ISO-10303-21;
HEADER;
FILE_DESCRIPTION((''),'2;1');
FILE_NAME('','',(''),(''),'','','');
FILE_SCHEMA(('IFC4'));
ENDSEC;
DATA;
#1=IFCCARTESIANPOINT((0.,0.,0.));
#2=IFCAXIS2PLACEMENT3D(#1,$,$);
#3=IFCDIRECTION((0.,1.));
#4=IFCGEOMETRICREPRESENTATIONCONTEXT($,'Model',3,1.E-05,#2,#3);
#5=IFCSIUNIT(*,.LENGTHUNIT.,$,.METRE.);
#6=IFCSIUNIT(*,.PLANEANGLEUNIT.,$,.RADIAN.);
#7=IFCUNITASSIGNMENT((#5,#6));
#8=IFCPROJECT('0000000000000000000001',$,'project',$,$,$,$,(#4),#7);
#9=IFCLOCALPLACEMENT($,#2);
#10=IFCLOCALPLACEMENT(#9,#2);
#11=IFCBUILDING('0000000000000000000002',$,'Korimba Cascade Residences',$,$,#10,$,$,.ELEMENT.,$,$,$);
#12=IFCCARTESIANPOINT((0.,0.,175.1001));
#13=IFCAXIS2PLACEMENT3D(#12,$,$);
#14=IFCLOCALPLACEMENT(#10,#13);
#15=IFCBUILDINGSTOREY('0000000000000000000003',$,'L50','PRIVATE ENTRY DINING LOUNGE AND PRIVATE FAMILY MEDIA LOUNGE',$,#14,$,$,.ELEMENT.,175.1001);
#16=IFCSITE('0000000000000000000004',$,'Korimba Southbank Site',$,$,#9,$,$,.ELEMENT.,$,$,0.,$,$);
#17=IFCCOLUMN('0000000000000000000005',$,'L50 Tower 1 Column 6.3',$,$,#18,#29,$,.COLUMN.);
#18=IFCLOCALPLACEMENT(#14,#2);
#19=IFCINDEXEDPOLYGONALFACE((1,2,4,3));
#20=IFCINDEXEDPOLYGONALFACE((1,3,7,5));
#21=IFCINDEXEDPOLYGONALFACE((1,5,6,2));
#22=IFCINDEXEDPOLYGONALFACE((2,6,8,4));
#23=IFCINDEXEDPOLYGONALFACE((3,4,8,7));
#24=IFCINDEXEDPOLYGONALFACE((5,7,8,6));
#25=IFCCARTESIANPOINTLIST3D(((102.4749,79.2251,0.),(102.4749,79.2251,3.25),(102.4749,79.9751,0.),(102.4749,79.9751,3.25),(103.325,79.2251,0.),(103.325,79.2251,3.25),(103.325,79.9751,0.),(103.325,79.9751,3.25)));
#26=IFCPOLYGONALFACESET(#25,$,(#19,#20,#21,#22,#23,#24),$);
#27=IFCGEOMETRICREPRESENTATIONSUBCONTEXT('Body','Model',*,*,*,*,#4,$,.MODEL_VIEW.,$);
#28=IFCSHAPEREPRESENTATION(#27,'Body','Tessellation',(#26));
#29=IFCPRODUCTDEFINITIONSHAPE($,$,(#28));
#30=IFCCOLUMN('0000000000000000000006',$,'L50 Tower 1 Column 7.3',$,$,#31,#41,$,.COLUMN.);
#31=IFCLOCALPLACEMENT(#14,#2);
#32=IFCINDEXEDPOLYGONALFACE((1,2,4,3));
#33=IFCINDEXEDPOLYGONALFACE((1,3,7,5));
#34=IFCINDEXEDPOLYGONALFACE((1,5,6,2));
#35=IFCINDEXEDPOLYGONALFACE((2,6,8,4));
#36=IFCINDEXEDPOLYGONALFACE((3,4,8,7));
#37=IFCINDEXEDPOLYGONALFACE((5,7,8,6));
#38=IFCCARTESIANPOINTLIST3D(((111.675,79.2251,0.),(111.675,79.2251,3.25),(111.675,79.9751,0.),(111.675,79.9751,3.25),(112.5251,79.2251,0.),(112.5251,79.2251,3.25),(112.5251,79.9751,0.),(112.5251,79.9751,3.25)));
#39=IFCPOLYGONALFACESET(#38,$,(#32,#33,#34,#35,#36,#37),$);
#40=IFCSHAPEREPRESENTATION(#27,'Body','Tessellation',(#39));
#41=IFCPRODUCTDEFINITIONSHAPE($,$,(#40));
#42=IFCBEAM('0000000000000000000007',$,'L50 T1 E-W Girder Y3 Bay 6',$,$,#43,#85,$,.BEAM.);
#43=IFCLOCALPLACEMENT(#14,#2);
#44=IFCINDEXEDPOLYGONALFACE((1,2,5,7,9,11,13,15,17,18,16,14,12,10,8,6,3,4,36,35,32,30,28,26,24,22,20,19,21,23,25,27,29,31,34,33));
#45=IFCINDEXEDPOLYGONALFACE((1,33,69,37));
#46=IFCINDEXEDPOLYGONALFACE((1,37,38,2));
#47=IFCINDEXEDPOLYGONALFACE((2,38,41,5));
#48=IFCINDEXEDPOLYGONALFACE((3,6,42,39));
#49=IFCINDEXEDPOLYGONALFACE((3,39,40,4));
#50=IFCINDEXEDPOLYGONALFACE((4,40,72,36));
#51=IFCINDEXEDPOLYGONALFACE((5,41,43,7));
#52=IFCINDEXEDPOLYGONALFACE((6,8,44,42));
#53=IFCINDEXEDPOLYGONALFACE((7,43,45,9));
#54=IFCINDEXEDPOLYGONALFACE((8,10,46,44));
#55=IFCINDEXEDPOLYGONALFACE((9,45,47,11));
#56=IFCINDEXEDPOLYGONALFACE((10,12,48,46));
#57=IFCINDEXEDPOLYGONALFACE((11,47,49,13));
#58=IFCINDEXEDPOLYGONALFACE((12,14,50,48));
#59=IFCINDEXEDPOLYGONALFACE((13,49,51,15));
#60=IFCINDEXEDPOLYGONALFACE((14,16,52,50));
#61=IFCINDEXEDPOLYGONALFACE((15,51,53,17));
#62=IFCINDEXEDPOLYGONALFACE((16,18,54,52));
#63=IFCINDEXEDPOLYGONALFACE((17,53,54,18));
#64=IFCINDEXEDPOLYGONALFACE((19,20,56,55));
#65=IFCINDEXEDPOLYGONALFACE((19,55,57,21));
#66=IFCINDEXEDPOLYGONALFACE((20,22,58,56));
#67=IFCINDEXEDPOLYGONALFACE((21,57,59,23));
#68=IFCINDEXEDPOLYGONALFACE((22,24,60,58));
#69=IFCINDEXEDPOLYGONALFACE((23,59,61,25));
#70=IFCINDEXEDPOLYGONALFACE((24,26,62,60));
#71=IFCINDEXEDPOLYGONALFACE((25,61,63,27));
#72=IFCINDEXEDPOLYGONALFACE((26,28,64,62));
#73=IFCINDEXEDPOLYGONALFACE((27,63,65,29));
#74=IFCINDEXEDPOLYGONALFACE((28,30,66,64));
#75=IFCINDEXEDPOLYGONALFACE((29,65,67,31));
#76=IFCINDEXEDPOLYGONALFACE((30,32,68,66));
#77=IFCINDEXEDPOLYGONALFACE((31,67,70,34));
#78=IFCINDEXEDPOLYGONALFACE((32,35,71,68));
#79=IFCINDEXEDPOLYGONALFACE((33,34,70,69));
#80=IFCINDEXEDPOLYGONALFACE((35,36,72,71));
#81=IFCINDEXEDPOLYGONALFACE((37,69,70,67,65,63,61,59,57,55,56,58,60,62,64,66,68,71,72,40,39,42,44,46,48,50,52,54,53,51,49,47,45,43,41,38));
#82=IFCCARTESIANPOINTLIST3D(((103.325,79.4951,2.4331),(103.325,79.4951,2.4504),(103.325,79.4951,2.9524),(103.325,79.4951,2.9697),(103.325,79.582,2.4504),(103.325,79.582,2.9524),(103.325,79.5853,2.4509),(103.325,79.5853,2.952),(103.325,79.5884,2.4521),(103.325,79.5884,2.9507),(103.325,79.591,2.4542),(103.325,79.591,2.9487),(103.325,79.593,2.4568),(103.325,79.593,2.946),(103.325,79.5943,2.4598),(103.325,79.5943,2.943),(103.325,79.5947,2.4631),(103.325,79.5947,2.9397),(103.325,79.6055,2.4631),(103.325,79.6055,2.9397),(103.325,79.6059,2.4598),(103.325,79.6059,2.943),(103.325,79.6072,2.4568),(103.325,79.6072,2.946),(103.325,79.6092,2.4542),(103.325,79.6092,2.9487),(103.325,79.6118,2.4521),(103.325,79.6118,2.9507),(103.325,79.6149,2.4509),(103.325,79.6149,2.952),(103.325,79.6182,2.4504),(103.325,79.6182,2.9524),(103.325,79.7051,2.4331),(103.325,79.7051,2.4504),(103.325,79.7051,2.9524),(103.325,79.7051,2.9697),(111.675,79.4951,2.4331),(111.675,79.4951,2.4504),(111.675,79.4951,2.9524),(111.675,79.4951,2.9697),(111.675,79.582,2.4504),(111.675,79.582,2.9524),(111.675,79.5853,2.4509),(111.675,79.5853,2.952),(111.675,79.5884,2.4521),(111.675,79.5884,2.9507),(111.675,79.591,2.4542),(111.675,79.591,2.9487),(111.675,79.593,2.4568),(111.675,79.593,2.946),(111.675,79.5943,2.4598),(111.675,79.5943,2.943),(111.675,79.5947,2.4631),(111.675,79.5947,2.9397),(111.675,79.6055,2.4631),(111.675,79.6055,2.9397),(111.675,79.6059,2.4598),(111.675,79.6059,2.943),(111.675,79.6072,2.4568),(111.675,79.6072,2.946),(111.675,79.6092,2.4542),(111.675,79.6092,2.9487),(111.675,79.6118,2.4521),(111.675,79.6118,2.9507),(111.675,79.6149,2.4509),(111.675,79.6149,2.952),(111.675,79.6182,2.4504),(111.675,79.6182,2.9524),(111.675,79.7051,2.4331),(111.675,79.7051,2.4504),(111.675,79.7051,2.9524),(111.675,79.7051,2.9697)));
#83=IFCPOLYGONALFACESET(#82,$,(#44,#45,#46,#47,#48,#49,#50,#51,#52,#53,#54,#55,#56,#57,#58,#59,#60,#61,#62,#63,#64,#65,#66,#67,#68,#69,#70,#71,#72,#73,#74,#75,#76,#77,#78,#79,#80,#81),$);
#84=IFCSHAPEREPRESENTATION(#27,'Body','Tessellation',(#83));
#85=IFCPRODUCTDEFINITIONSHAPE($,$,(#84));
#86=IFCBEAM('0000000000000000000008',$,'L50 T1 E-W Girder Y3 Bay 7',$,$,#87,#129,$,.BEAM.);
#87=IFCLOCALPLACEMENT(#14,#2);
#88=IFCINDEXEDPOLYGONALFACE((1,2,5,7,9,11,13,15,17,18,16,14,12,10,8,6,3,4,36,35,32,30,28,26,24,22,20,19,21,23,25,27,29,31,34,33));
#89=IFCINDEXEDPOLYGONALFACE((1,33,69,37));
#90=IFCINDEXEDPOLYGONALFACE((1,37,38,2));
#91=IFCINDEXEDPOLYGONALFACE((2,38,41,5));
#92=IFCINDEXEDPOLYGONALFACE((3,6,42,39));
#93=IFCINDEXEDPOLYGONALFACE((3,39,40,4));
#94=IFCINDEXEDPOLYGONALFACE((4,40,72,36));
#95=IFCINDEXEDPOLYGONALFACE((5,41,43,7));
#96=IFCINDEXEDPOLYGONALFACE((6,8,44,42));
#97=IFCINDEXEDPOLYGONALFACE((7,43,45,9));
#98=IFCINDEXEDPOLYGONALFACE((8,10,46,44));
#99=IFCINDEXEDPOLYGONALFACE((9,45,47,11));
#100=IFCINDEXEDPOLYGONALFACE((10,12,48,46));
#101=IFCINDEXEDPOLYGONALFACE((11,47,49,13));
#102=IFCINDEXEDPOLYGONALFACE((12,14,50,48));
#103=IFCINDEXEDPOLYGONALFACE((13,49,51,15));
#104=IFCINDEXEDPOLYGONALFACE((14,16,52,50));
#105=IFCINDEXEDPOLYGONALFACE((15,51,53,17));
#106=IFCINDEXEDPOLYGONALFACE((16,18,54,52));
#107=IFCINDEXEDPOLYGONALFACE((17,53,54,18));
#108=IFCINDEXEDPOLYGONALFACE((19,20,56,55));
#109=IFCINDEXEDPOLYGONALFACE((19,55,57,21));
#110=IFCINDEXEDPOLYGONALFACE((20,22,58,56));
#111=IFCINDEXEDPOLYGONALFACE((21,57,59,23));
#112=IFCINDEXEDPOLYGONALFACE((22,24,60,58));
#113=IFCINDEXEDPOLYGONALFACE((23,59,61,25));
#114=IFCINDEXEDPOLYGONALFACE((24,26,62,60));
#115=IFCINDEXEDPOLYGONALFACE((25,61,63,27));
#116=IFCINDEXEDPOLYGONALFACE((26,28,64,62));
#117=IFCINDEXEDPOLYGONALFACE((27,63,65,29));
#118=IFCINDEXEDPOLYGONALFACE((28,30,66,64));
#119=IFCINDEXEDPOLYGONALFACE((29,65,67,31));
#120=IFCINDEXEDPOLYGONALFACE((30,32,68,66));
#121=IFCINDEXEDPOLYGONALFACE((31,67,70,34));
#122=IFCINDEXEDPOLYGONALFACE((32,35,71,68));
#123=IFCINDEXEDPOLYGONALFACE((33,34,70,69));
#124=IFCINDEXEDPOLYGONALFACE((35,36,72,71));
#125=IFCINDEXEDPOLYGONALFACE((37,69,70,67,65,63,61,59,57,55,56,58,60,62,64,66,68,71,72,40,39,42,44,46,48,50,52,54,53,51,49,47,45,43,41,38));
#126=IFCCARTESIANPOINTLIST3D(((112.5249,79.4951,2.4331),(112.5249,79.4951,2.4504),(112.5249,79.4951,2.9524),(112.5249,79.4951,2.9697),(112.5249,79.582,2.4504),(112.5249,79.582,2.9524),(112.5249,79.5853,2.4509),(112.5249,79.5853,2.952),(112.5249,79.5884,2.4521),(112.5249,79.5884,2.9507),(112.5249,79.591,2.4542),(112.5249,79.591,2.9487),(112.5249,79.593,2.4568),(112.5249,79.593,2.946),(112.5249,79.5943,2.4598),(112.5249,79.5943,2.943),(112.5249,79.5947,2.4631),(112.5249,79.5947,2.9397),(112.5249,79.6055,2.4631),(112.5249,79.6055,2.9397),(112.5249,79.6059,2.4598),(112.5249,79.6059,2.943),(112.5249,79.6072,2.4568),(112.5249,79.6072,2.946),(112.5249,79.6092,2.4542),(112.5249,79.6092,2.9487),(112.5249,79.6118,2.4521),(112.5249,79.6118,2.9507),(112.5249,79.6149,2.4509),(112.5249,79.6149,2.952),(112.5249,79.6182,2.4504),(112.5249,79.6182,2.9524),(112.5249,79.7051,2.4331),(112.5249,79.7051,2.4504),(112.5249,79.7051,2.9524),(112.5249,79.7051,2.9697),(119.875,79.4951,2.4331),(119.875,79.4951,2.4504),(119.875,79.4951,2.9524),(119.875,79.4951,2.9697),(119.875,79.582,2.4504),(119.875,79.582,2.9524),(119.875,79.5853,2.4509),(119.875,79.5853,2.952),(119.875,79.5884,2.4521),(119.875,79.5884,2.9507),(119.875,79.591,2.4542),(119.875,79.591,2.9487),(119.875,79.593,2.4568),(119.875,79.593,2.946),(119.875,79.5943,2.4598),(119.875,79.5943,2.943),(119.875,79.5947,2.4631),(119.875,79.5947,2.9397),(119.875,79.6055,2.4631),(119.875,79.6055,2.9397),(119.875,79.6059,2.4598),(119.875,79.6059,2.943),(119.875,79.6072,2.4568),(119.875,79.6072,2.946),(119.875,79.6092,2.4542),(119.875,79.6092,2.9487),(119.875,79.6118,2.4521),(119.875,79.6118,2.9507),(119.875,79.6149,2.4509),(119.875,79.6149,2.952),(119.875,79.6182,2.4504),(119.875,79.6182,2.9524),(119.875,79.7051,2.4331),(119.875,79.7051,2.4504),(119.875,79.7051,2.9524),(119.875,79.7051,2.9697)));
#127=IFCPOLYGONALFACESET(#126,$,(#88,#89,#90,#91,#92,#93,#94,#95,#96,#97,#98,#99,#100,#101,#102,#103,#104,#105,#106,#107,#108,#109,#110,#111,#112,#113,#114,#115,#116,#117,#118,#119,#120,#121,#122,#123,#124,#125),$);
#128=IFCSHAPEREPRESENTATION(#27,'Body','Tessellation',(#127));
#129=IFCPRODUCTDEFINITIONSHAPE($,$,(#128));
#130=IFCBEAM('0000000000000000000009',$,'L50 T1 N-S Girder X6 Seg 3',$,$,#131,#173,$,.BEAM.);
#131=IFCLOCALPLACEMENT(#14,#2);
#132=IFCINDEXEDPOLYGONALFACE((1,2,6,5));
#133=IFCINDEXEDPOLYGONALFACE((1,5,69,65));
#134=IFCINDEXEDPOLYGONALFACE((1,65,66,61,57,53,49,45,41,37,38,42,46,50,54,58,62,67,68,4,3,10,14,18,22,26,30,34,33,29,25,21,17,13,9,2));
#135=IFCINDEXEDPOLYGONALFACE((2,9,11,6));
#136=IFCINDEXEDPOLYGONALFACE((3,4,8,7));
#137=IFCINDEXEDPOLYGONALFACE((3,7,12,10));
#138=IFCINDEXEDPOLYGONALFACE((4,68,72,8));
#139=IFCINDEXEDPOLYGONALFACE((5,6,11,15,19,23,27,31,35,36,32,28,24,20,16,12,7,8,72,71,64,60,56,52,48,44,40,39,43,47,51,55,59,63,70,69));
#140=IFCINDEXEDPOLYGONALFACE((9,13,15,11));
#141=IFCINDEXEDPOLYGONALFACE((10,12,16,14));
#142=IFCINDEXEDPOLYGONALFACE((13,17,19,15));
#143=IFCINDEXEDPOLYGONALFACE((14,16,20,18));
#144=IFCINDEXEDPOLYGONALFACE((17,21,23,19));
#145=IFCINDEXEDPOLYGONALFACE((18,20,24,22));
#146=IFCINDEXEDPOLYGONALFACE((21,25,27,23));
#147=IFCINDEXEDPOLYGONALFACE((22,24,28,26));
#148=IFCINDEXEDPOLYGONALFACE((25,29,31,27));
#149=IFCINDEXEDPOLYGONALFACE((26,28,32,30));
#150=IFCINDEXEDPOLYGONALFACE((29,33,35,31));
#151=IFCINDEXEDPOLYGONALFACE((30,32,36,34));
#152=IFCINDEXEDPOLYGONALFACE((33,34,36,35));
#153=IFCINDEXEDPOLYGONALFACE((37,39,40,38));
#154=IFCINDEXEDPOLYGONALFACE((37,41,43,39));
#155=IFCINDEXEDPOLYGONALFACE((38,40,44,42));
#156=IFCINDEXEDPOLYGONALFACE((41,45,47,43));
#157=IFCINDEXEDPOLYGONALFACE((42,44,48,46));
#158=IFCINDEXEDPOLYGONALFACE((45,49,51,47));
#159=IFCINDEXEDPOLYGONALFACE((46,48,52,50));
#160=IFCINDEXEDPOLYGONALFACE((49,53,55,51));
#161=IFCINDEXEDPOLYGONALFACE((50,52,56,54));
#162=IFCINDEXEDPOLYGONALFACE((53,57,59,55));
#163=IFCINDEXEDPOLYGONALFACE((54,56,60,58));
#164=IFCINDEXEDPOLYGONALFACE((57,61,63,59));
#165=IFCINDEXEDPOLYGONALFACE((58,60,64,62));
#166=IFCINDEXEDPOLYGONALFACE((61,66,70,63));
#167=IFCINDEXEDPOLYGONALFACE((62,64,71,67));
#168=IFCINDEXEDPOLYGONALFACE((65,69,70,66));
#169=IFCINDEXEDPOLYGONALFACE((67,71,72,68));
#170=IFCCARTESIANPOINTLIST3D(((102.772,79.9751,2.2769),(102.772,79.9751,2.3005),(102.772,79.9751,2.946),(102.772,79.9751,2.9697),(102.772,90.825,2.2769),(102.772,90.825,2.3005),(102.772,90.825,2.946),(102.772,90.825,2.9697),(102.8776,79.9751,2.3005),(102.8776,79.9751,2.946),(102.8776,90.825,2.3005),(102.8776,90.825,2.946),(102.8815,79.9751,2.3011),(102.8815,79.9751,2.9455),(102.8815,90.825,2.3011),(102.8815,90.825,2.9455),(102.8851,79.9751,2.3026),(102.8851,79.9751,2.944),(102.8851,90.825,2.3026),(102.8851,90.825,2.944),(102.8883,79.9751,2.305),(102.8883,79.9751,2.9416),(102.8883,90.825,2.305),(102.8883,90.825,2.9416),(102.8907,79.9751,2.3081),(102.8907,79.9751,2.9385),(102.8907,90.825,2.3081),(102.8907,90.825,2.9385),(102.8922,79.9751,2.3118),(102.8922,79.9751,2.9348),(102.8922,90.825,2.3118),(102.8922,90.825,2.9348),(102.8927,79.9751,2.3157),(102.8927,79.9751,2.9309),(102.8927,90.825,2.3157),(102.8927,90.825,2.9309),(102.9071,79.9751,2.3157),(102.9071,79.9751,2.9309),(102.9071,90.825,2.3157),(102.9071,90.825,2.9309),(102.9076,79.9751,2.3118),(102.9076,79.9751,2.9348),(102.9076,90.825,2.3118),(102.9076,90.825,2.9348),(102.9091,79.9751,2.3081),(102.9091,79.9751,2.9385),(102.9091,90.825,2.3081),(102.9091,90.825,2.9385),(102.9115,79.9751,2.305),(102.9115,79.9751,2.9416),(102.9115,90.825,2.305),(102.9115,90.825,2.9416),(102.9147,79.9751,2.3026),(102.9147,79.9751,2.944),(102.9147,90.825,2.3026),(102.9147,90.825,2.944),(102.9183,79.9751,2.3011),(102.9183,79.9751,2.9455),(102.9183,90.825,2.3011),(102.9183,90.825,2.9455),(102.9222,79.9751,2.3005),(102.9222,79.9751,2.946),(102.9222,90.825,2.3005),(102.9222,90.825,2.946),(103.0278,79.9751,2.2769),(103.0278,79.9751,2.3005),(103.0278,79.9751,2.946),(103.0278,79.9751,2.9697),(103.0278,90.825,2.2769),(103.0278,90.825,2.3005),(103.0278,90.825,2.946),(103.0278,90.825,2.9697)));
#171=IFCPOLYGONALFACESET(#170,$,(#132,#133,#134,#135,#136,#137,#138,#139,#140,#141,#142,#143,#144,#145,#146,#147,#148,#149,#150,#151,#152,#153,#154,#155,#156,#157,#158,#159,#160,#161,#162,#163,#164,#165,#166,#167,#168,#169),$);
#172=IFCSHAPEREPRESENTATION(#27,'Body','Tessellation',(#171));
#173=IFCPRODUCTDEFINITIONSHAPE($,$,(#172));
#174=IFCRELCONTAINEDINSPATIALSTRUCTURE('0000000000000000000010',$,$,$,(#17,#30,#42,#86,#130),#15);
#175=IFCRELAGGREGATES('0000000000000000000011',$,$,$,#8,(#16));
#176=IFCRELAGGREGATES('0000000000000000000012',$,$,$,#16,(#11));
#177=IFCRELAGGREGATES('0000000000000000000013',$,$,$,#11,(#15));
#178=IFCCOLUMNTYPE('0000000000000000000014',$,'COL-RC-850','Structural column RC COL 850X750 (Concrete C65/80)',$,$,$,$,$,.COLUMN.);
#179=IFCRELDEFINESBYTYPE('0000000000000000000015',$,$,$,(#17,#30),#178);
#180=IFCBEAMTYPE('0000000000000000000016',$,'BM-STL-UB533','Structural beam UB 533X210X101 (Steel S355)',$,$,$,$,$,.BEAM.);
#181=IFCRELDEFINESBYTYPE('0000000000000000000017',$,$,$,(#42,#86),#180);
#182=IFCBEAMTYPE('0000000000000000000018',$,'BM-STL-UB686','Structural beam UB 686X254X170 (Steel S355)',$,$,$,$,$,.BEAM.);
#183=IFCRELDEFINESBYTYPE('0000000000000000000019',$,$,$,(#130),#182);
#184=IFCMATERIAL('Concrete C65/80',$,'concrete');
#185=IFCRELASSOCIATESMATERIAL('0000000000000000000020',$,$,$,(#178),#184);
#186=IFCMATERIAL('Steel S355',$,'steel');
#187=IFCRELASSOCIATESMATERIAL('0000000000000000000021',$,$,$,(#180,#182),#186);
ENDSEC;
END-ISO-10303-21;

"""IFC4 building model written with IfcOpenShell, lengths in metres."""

from ifc_helpers import new_model, si_unit, direction, frame, origin, origin_2d, place, context, subcontext, project, spatial, rectangle, i_section, extrude, material, material_profile, profile_set, type_object, element, save


model = new_model("IFC4")

# Units and contexts
model_context = context("Model", 3, precision=1e-05, world=origin(), true_north=direction((0.0, 1.0)))
body_context = subcontext(model_context, "Body", "Model", "MODEL_VIEW")
ifc_project = project(units=[si_unit("LENGTHUNIT", "METRE"), si_unit("PLANEANGLEUNIT", "RADIAN")], contexts=[model_context])

# Site, building, storey
site_placement = place(None, origin())
site = spatial("IfcSite", under=ifc_project, at=site_placement, Name="Korimba Southbank Site", CompositionType="ELEMENT", RefElevation=0.0)
building_placement = place(site_placement, origin())
building = spatial("IfcBuilding", under=site, at=building_placement, Name="Korimba Cascade Residences", CompositionType="ELEMENT")
storey_placement = place(building_placement, frame((0.0, 0.0, 175.1001)))
storey = spatial("IfcBuildingStorey", under=building, at=storey_placement, Name="L50", Description="PRIVATE ENTRY DINING LOUNGE AND PRIVATE FAMILY MEDIA LOUNGE", CompositionType="ELEMENT", Elevation=175.1001)

# Columns
ifc_material_1 = material(Name="Concrete C65/80", Category="concrete")
ifc_material_profile_1 = material_profile(ifc_material_1, rectangle(XDim=0.8501, YDim=0.75, at=origin_2d()), Name="Concrete C65/80")
ifc_profile_set_1 = profile_set([ifc_material_profile_1], Name="Concrete C65/80")
column_type = type_object("IfcColumnType", Name="COL-RC-850", Description="Structural column RC COL 850X750 (Concrete C65/80)", PredefinedType="COLUMN", material=ifc_profile_set_1)
for number, where, z_axis, x_axis, name in (
    (1, (102.8999, 79.6001, 0.0), (0.0, 0.0, 1.0), (1.0, 0.0, 0.0), "L50 Tower 1 Column 6.3"),
    (2, (112.1001, 79.6001, 0.0), (0.0, 0.0, 1.0), (1.0, 0.0, 0.0), "L50 Tower 1 Column 7.3"),
):
    element("IfcColumn", number, at=place(storey_placement, frame(where, z_axis=z_axis, x_axis=x_axis)), inside=storey, type_object=column_type, Name=name, PredefinedType="COLUMN", context=body_context, shape_type="SweptSolid", body=[
        extrude(rectangle(XDim=0.8501, YDim=0.75, at=origin_2d()), origin(), (0.0, 0.0, 1.0), 3.25),
    ])

# Beams
ifc_material_2 = material(Name="Steel S355", Category="steel")
ifc_material_profile_2 = material_profile(ifc_material_2, i_section(OverallWidth=0.21, OverallDepth=0.5366, WebThickness=0.0107, FlangeThickness=0.0173, FilletRadius=0.0127, at=origin_2d()), Name="Steel S355")
ifc_profile_set_2 = profile_set([ifc_material_profile_2], Name="Steel S355")
beam_type_1 = type_object("IfcBeamType", Name="BM-STL-UB533", Description="Structural beam UB 533X210X101 (Steel S355)", PredefinedType="BEAM", material=ifc_profile_set_2)
beam_1_placement = place(storey_placement, frame((103.325, 79.6001, 2.7014), z_axis=(1.0, 0.0, 0.0), x_axis=(0.0, 1.0, 0.0)))
element("IfcBeam", 3, at=beam_1_placement, inside=storey, type_object=beam_type_1, Name="L50 T1 E-W Girder Y3 Bay 6", PredefinedType="BEAM", context=body_context, shape_type="SweptSolid", body=[
    extrude(i_section(OverallWidth=0.21, OverallDepth=0.5366, WebThickness=0.0107, FlangeThickness=0.0173, FilletRadius=0.0127, at=origin_2d()), origin(), (0.0, 0.0, 1.0), 8.3501),
])
beam_2_placement = place(storey_placement, frame((112.5249, 79.6001, 2.7014), z_axis=(1.0, 0.0, 0.0), x_axis=(0.0, 1.0, 0.0)))
element("IfcBeam", 4, at=beam_2_placement, inside=storey, type_object=beam_type_1, Name="L50 T1 E-W Girder Y3 Bay 7", PredefinedType="BEAM", context=body_context, shape_type="SweptSolid", body=[
    extrude(i_section(OverallWidth=0.21, OverallDepth=0.5366, WebThickness=0.0107, FlangeThickness=0.0173, FilletRadius=0.0127, at=origin_2d()), origin(), (0.0, 0.0, 1.0), 7.3501),
])
ifc_material_profile_3 = material_profile(ifc_material_2, i_section(OverallWidth=0.2559, OverallDepth=0.6929, WebThickness=0.0144, FlangeThickness=0.0237, FilletRadius=0.0151, at=origin_2d()), Name="Steel S355")
ifc_profile_set_3 = profile_set([ifc_material_profile_3], Name="Steel S355")
beam_type_2 = type_object("IfcBeamType", Name="BM-STL-UB686", Description="Structural beam UB 686X254X170 (Steel S355)", PredefinedType="BEAM", material=ifc_profile_set_3)
beam_3_placement = place(storey_placement, frame((102.8999, 79.9751, 2.6233), z_axis=(0.0, 1.0, 0.0), x_axis=(-1.0, 0.0, 0.0)))
element("IfcBeam", 5, at=beam_3_placement, inside=storey, type_object=beam_type_2, Name="L50 T1 N-S Girder X6 Seg 3", PredefinedType="BEAM", context=body_context, shape_type="SweptSolid", body=[
    extrude(i_section(OverallWidth=0.2559, OverallDepth=0.6929, WebThickness=0.0144, FlangeThickness=0.0237, FilletRadius=0.0151, at=origin_2d()), origin(), (0.0, 0.0, 1.0), 10.8499),
])

save(model, "model.ifc")
